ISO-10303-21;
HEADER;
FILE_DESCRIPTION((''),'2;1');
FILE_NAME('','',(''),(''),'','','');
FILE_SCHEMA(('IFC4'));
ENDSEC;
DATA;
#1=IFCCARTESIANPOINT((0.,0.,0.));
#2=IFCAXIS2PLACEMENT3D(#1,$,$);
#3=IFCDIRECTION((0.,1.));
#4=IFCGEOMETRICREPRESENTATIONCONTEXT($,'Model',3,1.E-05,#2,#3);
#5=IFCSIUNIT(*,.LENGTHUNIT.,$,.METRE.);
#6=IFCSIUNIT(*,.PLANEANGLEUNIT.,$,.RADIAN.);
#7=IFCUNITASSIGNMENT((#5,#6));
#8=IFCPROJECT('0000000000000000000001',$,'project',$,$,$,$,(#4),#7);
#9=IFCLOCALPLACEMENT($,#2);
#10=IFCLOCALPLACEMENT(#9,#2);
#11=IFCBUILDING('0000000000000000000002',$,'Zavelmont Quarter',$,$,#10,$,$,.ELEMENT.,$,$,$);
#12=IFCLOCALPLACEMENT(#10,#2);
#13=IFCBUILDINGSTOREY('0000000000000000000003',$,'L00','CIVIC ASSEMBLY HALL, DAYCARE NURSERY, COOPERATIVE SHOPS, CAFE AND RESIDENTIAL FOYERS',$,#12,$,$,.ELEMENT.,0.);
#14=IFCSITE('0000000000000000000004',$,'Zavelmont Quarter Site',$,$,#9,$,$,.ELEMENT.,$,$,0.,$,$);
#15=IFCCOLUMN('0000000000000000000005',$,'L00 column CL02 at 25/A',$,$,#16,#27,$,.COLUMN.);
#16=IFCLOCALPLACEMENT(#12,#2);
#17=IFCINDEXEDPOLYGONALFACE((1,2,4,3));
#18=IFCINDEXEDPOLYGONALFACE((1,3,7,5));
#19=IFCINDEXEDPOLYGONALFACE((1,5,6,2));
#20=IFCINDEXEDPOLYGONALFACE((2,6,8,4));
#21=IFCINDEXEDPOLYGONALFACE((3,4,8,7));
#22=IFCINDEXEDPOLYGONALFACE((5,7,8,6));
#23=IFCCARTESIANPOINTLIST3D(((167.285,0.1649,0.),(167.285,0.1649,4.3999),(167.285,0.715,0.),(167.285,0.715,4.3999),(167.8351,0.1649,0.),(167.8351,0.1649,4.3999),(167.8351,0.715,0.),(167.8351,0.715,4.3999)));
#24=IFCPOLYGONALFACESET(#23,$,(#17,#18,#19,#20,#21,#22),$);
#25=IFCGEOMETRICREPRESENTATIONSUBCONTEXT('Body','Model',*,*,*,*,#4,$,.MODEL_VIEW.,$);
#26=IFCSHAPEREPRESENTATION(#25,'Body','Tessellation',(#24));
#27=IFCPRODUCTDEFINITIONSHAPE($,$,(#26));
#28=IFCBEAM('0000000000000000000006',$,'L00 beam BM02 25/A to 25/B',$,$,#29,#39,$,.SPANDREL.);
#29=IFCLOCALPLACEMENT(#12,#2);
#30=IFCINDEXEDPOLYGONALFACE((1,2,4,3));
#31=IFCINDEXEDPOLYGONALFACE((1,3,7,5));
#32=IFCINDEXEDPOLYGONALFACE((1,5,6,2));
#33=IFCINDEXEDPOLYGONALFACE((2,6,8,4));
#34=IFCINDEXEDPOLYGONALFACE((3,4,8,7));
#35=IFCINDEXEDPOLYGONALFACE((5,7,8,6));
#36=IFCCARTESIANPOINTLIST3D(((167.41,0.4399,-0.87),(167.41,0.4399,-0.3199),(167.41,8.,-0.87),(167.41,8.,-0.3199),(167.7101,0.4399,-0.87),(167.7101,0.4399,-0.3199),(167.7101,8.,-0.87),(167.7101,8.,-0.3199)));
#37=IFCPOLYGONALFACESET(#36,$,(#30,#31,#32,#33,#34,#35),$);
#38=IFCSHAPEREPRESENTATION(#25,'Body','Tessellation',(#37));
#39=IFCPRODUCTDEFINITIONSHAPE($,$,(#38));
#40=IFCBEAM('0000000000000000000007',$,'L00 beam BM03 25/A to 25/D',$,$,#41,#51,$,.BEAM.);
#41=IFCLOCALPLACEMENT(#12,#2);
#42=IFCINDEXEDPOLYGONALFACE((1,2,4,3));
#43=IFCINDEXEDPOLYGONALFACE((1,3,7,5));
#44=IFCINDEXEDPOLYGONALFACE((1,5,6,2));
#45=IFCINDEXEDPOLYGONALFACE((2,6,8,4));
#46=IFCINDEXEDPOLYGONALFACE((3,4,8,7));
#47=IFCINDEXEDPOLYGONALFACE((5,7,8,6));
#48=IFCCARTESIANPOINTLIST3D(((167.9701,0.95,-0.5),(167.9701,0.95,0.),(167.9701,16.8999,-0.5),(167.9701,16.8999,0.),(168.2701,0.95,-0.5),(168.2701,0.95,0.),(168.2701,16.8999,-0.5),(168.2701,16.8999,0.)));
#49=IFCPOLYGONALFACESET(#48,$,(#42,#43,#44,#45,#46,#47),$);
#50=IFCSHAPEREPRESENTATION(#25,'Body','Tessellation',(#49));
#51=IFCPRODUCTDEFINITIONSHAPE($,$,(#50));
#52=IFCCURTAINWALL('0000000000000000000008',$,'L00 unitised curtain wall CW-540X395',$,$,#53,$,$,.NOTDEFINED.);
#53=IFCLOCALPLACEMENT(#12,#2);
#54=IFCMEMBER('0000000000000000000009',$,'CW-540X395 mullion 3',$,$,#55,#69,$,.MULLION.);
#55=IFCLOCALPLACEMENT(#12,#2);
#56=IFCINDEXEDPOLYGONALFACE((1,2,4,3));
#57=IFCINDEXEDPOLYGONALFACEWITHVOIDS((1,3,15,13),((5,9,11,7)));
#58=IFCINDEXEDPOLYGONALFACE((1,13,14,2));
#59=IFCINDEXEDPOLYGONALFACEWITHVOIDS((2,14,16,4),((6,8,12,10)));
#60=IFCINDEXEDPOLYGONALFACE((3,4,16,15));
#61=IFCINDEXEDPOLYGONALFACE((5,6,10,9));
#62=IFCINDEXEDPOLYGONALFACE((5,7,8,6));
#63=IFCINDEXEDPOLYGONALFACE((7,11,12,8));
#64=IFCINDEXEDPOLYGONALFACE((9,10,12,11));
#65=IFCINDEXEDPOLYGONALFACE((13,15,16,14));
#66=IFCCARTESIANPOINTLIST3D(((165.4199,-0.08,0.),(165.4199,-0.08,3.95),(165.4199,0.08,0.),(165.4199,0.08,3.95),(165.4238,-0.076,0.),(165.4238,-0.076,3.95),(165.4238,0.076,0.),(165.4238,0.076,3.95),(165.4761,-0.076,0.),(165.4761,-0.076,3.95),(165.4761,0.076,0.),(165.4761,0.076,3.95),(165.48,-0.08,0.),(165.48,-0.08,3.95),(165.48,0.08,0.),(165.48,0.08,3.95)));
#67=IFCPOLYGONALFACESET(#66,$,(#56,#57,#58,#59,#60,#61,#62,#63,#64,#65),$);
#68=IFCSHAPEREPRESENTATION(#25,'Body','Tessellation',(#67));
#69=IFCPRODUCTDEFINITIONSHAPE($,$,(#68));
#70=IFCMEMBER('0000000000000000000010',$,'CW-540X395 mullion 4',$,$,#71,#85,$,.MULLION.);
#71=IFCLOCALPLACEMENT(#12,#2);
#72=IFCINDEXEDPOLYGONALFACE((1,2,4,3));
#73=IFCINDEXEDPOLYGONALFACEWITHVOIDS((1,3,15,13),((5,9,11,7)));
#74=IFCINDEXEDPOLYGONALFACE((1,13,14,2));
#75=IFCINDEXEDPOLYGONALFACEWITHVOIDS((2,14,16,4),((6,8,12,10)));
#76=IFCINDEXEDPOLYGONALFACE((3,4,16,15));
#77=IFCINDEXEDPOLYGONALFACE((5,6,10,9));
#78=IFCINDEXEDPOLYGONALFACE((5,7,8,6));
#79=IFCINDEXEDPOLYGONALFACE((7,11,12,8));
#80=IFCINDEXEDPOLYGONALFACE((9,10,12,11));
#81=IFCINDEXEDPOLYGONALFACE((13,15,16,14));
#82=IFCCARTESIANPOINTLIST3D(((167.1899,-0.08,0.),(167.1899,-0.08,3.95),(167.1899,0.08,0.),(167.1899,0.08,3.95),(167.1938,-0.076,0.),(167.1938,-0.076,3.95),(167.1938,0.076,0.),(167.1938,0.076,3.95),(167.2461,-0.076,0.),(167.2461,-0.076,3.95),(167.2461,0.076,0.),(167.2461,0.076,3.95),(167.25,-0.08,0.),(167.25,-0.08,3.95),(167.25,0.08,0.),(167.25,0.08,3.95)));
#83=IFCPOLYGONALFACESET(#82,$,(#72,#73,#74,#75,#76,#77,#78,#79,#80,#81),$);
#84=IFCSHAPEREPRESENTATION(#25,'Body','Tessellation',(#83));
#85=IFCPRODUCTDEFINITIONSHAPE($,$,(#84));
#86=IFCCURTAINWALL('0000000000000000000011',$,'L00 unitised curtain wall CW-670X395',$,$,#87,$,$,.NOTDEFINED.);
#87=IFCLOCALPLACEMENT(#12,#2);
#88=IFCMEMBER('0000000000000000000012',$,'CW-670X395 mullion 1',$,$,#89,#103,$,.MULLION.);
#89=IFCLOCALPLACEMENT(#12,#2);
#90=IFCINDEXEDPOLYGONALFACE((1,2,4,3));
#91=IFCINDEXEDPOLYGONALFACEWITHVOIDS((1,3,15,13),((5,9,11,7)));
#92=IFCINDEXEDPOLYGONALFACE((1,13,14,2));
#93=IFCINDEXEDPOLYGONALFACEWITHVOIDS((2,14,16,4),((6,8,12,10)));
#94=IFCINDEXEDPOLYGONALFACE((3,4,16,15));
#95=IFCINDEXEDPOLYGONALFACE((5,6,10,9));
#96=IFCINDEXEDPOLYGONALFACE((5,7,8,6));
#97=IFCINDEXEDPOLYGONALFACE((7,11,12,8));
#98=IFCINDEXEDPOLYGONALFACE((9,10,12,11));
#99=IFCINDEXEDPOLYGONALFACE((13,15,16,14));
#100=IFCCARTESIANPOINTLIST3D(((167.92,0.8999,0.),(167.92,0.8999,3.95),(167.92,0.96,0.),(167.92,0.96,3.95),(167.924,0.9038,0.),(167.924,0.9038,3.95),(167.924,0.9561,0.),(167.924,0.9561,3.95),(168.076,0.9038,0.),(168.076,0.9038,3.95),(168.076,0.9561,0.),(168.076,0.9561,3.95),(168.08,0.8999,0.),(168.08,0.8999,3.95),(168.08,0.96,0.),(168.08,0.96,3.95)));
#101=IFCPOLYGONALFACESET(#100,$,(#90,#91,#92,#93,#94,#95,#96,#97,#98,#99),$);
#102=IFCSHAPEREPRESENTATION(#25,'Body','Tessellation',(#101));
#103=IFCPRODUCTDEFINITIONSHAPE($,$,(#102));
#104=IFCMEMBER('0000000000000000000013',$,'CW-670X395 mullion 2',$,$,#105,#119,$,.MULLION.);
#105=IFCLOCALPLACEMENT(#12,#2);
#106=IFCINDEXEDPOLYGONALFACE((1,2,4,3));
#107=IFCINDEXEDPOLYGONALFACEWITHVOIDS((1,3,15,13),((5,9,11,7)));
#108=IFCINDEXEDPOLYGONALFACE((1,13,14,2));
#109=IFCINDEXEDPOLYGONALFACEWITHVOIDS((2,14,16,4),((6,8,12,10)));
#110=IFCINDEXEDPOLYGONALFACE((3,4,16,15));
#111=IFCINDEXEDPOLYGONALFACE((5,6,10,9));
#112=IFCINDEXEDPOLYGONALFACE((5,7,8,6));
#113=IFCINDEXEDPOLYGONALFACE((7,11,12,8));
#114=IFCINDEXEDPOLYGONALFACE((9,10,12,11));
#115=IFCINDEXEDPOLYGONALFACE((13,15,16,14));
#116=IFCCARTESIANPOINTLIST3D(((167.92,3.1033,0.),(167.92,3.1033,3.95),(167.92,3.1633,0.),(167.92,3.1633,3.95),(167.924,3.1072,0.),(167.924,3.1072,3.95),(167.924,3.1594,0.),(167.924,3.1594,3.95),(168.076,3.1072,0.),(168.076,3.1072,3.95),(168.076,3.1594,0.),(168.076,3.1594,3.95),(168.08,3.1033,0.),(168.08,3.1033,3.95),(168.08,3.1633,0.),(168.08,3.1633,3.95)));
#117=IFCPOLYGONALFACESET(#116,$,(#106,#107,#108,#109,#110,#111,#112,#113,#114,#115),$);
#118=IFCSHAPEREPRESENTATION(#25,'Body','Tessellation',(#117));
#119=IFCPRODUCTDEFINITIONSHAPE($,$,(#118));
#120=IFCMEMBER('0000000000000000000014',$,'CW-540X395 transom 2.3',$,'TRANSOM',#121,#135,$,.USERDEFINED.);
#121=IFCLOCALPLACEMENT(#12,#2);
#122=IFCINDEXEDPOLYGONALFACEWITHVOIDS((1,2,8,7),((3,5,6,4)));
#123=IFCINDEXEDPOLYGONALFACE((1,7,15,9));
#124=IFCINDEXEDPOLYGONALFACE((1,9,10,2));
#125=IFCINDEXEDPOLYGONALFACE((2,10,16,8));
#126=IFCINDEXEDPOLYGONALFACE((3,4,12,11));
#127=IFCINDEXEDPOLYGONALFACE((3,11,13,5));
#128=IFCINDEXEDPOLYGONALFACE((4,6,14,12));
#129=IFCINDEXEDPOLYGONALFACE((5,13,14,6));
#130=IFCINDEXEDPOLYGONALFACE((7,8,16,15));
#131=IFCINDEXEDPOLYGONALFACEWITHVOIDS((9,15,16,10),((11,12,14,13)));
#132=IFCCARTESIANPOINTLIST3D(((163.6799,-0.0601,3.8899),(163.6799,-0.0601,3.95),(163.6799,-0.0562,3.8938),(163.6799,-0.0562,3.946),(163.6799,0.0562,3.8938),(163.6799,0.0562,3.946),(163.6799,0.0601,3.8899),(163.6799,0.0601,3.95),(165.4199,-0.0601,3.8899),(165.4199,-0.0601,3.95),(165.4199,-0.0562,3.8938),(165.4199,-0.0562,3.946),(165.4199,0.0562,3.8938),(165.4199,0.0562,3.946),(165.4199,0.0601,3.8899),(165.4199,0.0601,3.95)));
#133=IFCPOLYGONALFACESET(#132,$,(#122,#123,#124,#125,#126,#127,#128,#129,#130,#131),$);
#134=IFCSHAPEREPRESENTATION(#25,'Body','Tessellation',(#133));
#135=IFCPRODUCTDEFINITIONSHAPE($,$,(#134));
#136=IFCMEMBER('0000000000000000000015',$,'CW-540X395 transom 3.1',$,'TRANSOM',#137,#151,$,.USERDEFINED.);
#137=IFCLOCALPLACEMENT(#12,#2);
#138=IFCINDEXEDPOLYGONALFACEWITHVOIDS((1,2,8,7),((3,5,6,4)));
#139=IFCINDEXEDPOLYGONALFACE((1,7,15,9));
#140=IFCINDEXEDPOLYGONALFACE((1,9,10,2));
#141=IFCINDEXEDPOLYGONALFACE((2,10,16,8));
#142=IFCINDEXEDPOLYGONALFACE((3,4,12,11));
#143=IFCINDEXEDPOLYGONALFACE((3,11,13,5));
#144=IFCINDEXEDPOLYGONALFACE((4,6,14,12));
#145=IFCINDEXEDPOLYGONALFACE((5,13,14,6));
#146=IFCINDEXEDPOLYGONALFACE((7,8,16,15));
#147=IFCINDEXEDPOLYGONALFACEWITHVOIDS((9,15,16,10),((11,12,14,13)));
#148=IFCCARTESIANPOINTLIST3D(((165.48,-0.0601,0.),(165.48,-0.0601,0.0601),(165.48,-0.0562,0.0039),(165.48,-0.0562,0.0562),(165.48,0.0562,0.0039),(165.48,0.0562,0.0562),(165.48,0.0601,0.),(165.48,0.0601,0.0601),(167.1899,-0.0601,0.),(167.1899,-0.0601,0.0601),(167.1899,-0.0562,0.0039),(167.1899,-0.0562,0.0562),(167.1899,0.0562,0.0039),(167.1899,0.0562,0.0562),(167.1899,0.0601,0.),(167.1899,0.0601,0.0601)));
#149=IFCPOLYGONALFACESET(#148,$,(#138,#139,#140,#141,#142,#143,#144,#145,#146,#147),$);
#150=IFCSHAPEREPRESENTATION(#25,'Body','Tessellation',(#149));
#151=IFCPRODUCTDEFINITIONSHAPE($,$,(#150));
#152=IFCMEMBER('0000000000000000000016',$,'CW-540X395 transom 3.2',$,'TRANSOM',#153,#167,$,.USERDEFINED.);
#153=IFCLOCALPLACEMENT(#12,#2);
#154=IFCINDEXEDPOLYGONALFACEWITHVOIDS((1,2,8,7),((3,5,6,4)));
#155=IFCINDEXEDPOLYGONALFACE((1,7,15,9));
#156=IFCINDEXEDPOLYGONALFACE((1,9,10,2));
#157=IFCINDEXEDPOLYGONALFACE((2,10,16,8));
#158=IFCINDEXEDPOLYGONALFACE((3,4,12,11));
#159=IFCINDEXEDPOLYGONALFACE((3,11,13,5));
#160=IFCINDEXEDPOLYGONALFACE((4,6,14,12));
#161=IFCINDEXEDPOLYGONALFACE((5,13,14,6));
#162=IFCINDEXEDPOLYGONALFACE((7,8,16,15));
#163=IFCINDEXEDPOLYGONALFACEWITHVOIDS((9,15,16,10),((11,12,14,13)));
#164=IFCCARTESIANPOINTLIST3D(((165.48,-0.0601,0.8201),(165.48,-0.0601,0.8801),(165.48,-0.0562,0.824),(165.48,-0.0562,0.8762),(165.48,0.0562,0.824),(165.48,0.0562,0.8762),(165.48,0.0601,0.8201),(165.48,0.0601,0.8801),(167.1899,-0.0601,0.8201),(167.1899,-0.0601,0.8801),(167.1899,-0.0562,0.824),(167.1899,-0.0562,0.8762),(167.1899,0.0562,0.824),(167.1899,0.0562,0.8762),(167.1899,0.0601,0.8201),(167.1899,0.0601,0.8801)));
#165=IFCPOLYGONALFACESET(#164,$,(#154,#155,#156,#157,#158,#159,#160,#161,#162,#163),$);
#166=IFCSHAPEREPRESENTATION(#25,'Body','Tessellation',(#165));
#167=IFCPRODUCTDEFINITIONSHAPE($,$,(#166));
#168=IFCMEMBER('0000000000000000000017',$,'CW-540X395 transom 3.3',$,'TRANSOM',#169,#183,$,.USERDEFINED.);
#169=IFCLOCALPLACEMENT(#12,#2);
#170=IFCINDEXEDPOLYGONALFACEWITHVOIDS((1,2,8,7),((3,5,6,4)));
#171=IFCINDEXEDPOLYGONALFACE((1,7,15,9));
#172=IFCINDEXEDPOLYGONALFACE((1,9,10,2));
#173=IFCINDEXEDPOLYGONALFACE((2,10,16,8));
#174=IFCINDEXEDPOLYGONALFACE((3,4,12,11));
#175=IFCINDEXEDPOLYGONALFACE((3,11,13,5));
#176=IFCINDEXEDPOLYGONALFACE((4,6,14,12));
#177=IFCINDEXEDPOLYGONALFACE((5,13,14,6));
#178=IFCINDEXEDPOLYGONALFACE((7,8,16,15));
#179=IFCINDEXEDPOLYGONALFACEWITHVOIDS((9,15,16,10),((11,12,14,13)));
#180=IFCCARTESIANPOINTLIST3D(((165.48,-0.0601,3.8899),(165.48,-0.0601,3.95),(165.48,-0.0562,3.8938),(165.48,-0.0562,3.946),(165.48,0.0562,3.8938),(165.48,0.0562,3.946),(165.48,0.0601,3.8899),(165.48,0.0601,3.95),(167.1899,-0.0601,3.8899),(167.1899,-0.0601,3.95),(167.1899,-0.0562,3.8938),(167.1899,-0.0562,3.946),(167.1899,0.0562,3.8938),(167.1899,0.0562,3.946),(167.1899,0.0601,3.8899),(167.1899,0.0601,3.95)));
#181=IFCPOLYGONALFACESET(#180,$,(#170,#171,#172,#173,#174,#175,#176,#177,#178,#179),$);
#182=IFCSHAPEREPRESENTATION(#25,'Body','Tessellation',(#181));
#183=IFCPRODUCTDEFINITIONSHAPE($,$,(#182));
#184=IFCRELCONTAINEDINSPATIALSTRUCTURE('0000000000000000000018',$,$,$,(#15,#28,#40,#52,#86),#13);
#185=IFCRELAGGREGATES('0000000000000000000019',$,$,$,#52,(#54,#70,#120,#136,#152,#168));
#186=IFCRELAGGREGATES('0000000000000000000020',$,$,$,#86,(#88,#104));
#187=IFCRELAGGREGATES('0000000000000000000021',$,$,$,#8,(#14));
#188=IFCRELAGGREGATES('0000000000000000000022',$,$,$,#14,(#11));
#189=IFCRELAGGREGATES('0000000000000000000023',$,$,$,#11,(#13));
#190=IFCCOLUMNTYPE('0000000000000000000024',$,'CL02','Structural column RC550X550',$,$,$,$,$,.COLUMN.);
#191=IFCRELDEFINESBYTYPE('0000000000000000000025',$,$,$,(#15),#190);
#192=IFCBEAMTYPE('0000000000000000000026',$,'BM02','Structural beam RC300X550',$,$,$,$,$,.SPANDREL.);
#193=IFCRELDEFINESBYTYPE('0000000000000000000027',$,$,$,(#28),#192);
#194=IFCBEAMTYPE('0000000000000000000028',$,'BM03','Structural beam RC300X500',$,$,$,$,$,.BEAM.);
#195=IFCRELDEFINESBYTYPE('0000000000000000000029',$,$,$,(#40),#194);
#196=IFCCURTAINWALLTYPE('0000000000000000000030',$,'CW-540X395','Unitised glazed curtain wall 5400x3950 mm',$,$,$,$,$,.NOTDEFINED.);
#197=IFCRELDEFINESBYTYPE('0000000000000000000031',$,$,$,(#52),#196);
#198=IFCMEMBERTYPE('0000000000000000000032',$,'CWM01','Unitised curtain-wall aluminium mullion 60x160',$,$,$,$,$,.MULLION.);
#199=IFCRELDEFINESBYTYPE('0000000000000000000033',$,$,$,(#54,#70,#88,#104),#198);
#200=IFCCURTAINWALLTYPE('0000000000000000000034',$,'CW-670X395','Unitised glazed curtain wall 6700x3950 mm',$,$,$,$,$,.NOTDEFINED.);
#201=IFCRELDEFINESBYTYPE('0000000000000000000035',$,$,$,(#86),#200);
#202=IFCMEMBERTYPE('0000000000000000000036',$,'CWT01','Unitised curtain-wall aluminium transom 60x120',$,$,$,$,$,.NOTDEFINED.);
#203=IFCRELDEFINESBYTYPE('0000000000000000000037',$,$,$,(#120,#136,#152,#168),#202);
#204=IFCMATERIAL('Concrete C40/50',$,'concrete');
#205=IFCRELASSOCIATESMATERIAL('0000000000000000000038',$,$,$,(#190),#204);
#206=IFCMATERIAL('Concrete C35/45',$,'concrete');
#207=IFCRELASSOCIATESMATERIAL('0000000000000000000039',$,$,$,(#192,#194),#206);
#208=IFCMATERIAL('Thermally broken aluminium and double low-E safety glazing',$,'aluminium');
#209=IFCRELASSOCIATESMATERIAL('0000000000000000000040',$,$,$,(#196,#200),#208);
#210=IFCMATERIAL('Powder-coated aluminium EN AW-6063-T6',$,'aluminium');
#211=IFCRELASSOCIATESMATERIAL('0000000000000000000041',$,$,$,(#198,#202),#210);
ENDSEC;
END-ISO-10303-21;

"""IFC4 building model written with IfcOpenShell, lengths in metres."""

from ifc_helpers import new_model, si_unit, direction, frame, origin, origin_2d, place, context, subcontext, project, spatial, rectangle, hollow_rectangle, extrude, material, material_profile, profile_set, type_object, element, aggregate, save


model = new_model("IFC4")

# Units and contexts
model_context = context("Model", 3, precision=1e-05, world=origin(), true_north=direction((0.0, 1.0)))
body_context = subcontext(model_context, "Body", "Model", "MODEL_VIEW")
ifc_project = project(units=[si_unit("LENGTHUNIT", "METRE"), si_unit("PLANEANGLEUNIT", "RADIAN")], contexts=[model_context])

# Site, building, storey
site_placement = place(None, origin())
site = spatial("IfcSite", under=ifc_project, at=site_placement, Name="Zavelmont Quarter Site", CompositionType="ELEMENT", RefElevation=0.0)
building_placement = place(site_placement, origin())
building = spatial("IfcBuilding", under=site, at=building_placement, Name="Zavelmont Quarter", CompositionType="ELEMENT")
storey_placement = place(building_placement, origin())
storey = spatial("IfcBuildingStorey", under=building, at=storey_placement, Name="L00", Description="CIVIC ASSEMBLY HALL, DAYCARE NURSERY, COOPERATIVE SHOPS, CAFE AND RESIDENTIAL FOYERS", CompositionType="ELEMENT", Elevation=0.0)

# Column
ifc_material_1 = material(Name="Concrete C40/50", Category="concrete")
ifc_material_profile_1 = material_profile(ifc_material_1, rectangle(XDim=0.55, YDim=0.55, at=origin_2d()), Name="RC550X550")
ifc_profile_set_1 = profile_set([ifc_material_profile_1], Name="Concrete C40/50")
column_type = type_object("IfcColumnType", Name="CL02", Description="Structural column RC550X550", PredefinedType="COLUMN", material=ifc_profile_set_1)
column_placement = place(storey_placement, frame((167.5601, 0.4399, 0.0), z_axis=(0.0, 0.0, 1.0), x_axis=(1.0, 0.0, 0.0)))
element("IfcColumn", 1, at=column_placement, inside=storey, type_object=column_type, Name="L00 column CL02 at 25/A", PredefinedType="COLUMN", context=body_context, shape_type="SweptSolid", body=[
    extrude(rectangle(XDim=0.55, YDim=0.55, at=origin_2d()), origin(), (0.0, 0.0, 1.0), 4.3999),
])

# Beams
ifc_material_2 = material(Name="Concrete C35/45", Category="concrete")
ifc_material_profile_2 = material_profile(ifc_material_2, rectangle(XDim=0.3, YDim=0.55, at=origin_2d()), Name="RC300X550")
ifc_profile_set_2 = profile_set([ifc_material_profile_2], Name="Concrete C35/45")
beam_type_1 = type_object("IfcBeamType", Name="BM02", Description="Structural beam RC300X550", PredefinedType="SPANDREL", material=ifc_profile_set_2)
beam_1_placement = place(storey_placement, frame((167.5601, 0.4399, -0.595), z_axis=(0.0, 1.0, 0.0), x_axis=(-1.0, 0.0, 0.0)))
element("IfcBeam", 2, at=beam_1_placement, inside=storey, type_object=beam_type_1, Name="L00 beam BM02 25/A to 25/B", PredefinedType="SPANDREL", context=body_context, shape_type="SweptSolid", body=[
    extrude(rectangle(XDim=0.3, YDim=0.55, at=origin_2d()), origin(), (0.0, 0.0, 1.0), 7.5601),
])
ifc_material_profile_3 = material_profile(ifc_material_2, rectangle(XDim=0.3, YDim=0.5, at=origin_2d()), Name="RC300X500")
ifc_profile_set_3 = profile_set([ifc_material_profile_3], Name="Concrete C35/45")
beam_type_2 = type_object("IfcBeamType", Name="BM03", Description="Structural beam RC300X500", PredefinedType="BEAM", material=ifc_profile_set_3)
beam_2_placement = place(storey_placement, frame((168.1201, 0.95, -0.25), z_axis=(0.0, 1.0, 0.0), x_axis=(-1.0, 0.0, 0.0)))
element("IfcBeam", 3, at=beam_2_placement, inside=storey, type_object=beam_type_2, Name="L00 beam BM03 25/A to 25/D", PredefinedType="BEAM", context=body_context, shape_type="SweptSolid", body=[
    extrude(rectangle(XDim=0.3, YDim=0.5, at=origin_2d()), origin(), (0.0, 0.0, 1.0), 15.95),
])

# Curtain walls, members
ifc_material_3 = material(Name="Thermally broken aluminium and double low-E safety glazing", Category="aluminium")
curtain_wall_type_1 = type_object("IfcCurtainWallType", Name="CW-540X395", Description="Unitised glazed curtain wall 5400x3950 mm", PredefinedType="NOTDEFINED", material=ifc_material_3)
curtain_wall_1_placement = place(storey_placement, origin())
curtain_wall_1 = element("IfcCurtainWall", 4, at=curtain_wall_1_placement, inside=storey, type_object=curtain_wall_type_1, Name="L00 unitised curtain wall CW-540X395", PredefinedType="NOTDEFINED")
ifc_material_4 = material(Name="Powder-coated aluminium EN AW-6063-T6", Category="aluminium")
ifc_material_profile_4 = material_profile(ifc_material_4, hollow_rectangle(XDim=0.0601, YDim=0.1599, WallThickness=0.0039, at=origin_2d()), Name="CWM60X160")
ifc_profile_set_4 = profile_set([ifc_material_profile_4], Name="Powder-coated aluminium EN AW-6063-T6")
member_type_1 = type_object("IfcMemberType", Name="CWM01", Description="Unitised curtain-wall aluminium mullion 60x160", PredefinedType="MULLION", material=ifc_profile_set_4)
member_1_placement = place(storey_placement, frame((165.45, 0.0, 0.0), z_axis=(0.0, 0.0, 1.0), x_axis=(1.0, 0.0, 0.0)))
member_1 = element("IfcMember", 5, at=member_1_placement, type_object=member_type_1, Name="CW-540X395 mullion 3", PredefinedType="MULLION", context=body_context, shape_type="SweptSolid", body=[
    extrude(hollow_rectangle(XDim=0.0601, YDim=0.1599, WallThickness=0.0039, at=origin_2d()), origin(), (0.0, 0.0, 1.0), 3.95),
])
member_2_placement = place(storey_placement, frame((167.22, 0.0, 0.0), z_axis=(0.0, 0.0, 1.0), x_axis=(1.0, 0.0, 0.0)))
member_2 = element("IfcMember", 6, at=member_2_placement, type_object=member_type_1, Name="CW-540X395 mullion 4", PredefinedType="MULLION", context=body_context, shape_type="SweptSolid", body=[
    extrude(hollow_rectangle(XDim=0.0601, YDim=0.1599, WallThickness=0.0039, at=origin_2d()), origin(), (0.0, 0.0, 1.0), 3.95),
])
curtain_wall_type_2 = type_object("IfcCurtainWallType", Name="CW-670X395", Description="Unitised glazed curtain wall 6700x3950 mm", PredefinedType="NOTDEFINED", material=ifc_material_3)
curtain_wall_2_placement = place(storey_placement, origin())
curtain_wall_2 = element("IfcCurtainWall", 7, at=curtain_wall_2_placement, inside=storey, type_object=curtain_wall_type_2, Name="L00 unitised curtain wall CW-670X395", PredefinedType="NOTDEFINED")
member_3_placement = place(storey_placement, frame((168.0, 0.9299, 0.0), z_axis=(0.0, 0.0, 1.0), x_axis=(0.0, 1.0, 0.0)))
member_3 = element("IfcMember", 8, at=member_3_placement, type_object=member_type_1, Name="CW-670X395 mullion 1", PredefinedType="MULLION", context=body_context, shape_type="SweptSolid", body=[
    extrude(hollow_rectangle(XDim=0.0601, YDim=0.1599, WallThickness=0.0039, at=origin_2d()), origin(), (0.0, 0.0, 1.0), 3.95),
])
member_4_placement = place(storey_placement, frame((168.0, 3.1333, 0.0), z_axis=(0.0, 0.0, 1.0), x_axis=(0.0, 1.0, 0.0)))
member_4 = element("IfcMember", 9, at=member_4_placement, type_object=member_type_1, Name="CW-670X395 mullion 2", PredefinedType="MULLION", context=body_context, shape_type="SweptSolid", body=[
    extrude(hollow_rectangle(XDim=0.0601, YDim=0.1599, WallThickness=0.0039, at=origin_2d()), origin(), (0.0, 0.0, 1.0), 3.95),
])

# Members
ifc_material_profile_5 = material_profile(ifc_material_4, hollow_rectangle(XDim=0.1201, YDim=0.0601, WallThickness=0.0039, at=origin_2d()), Name="CWT60X120")
ifc_profile_set_5 = profile_set([ifc_material_profile_5], Name="Powder-coated aluminium EN AW-6063-T6")
member_type_2 = type_object("IfcMemberType", Name="CWT01", Description="Unitised curtain-wall aluminium transom 60x120", PredefinedType="NOTDEFINED", material=ifc_profile_set_5)
member_5_placement = place(storey_placement, frame((163.6799, 0.0, 3.9199), z_axis=(1.0, 0.0, 0.0), x_axis=(0.0, 1.0, 0.0)))
member_5 = element("IfcMember", 10, at=member_5_placement, type_object=member_type_2, Name="CW-540X395 transom 2.3", ObjectType="TRANSOM", PredefinedType="USERDEFINED", context=body_context, shape_type="SweptSolid", body=[
    extrude(hollow_rectangle(XDim=0.1201, YDim=0.0601, WallThickness=0.0039, at=origin_2d()), origin(), (0.0, 0.0, 1.0), 1.74),
])
member_6_placement = place(storey_placement, frame((165.48, 0.0, 0.03), z_axis=(1.0, 0.0, 0.0), x_axis=(0.0, 1.0, 0.0)))
member_6 = element("IfcMember", 11, at=member_6_placement, type_object=member_type_2, Name="CW-540X395 transom 3.1", ObjectType="TRANSOM", PredefinedType="USERDEFINED", context=body_context, shape_type="SweptSolid", body=[
    extrude(hollow_rectangle(XDim=0.1201, YDim=0.0601, WallThickness=0.0039, at=origin_2d()), origin(), (0.0, 0.0, 1.0), 1.71),
])
member_7_placement = place(storey_placement, frame((165.48, 0.0, 0.8501), z_axis=(1.0, 0.0, 0.0), x_axis=(0.0, 1.0, 0.0)))
member_7 = element("IfcMember", 12, at=member_7_placement, type_object=member_type_2, Name="CW-540X395 transom 3.2", ObjectType="TRANSOM", PredefinedType="USERDEFINED", context=body_context, shape_type="SweptSolid", body=[
    extrude(hollow_rectangle(XDim=0.1201, YDim=0.0601, WallThickness=0.0039, at=origin_2d()), origin(), (0.0, 0.0, 1.0), 1.71),
])
member_8_placement = place(storey_placement, frame((165.48, 0.0, 3.9199), z_axis=(1.0, 0.0, 0.0), x_axis=(0.0, 1.0, 0.0)))
member_8 = element("IfcMember", 13, at=member_8_placement, type_object=member_type_2, Name="CW-540X395 transom 3.3", ObjectType="TRANSOM", PredefinedType="USERDEFINED", context=body_context, shape_type="SweptSolid", body=[
    extrude(hollow_rectangle(XDim=0.1201, YDim=0.0601, WallThickness=0.0039, at=origin_2d()), origin(), (0.0, 0.0, 1.0), 1.71),
])

aggregate(curtain_wall_1, [member_1, member_2, member_5, member_6, member_7, member_8])
aggregate(curtain_wall_2, [member_3, member_4])

save(model, "model.ifc")
